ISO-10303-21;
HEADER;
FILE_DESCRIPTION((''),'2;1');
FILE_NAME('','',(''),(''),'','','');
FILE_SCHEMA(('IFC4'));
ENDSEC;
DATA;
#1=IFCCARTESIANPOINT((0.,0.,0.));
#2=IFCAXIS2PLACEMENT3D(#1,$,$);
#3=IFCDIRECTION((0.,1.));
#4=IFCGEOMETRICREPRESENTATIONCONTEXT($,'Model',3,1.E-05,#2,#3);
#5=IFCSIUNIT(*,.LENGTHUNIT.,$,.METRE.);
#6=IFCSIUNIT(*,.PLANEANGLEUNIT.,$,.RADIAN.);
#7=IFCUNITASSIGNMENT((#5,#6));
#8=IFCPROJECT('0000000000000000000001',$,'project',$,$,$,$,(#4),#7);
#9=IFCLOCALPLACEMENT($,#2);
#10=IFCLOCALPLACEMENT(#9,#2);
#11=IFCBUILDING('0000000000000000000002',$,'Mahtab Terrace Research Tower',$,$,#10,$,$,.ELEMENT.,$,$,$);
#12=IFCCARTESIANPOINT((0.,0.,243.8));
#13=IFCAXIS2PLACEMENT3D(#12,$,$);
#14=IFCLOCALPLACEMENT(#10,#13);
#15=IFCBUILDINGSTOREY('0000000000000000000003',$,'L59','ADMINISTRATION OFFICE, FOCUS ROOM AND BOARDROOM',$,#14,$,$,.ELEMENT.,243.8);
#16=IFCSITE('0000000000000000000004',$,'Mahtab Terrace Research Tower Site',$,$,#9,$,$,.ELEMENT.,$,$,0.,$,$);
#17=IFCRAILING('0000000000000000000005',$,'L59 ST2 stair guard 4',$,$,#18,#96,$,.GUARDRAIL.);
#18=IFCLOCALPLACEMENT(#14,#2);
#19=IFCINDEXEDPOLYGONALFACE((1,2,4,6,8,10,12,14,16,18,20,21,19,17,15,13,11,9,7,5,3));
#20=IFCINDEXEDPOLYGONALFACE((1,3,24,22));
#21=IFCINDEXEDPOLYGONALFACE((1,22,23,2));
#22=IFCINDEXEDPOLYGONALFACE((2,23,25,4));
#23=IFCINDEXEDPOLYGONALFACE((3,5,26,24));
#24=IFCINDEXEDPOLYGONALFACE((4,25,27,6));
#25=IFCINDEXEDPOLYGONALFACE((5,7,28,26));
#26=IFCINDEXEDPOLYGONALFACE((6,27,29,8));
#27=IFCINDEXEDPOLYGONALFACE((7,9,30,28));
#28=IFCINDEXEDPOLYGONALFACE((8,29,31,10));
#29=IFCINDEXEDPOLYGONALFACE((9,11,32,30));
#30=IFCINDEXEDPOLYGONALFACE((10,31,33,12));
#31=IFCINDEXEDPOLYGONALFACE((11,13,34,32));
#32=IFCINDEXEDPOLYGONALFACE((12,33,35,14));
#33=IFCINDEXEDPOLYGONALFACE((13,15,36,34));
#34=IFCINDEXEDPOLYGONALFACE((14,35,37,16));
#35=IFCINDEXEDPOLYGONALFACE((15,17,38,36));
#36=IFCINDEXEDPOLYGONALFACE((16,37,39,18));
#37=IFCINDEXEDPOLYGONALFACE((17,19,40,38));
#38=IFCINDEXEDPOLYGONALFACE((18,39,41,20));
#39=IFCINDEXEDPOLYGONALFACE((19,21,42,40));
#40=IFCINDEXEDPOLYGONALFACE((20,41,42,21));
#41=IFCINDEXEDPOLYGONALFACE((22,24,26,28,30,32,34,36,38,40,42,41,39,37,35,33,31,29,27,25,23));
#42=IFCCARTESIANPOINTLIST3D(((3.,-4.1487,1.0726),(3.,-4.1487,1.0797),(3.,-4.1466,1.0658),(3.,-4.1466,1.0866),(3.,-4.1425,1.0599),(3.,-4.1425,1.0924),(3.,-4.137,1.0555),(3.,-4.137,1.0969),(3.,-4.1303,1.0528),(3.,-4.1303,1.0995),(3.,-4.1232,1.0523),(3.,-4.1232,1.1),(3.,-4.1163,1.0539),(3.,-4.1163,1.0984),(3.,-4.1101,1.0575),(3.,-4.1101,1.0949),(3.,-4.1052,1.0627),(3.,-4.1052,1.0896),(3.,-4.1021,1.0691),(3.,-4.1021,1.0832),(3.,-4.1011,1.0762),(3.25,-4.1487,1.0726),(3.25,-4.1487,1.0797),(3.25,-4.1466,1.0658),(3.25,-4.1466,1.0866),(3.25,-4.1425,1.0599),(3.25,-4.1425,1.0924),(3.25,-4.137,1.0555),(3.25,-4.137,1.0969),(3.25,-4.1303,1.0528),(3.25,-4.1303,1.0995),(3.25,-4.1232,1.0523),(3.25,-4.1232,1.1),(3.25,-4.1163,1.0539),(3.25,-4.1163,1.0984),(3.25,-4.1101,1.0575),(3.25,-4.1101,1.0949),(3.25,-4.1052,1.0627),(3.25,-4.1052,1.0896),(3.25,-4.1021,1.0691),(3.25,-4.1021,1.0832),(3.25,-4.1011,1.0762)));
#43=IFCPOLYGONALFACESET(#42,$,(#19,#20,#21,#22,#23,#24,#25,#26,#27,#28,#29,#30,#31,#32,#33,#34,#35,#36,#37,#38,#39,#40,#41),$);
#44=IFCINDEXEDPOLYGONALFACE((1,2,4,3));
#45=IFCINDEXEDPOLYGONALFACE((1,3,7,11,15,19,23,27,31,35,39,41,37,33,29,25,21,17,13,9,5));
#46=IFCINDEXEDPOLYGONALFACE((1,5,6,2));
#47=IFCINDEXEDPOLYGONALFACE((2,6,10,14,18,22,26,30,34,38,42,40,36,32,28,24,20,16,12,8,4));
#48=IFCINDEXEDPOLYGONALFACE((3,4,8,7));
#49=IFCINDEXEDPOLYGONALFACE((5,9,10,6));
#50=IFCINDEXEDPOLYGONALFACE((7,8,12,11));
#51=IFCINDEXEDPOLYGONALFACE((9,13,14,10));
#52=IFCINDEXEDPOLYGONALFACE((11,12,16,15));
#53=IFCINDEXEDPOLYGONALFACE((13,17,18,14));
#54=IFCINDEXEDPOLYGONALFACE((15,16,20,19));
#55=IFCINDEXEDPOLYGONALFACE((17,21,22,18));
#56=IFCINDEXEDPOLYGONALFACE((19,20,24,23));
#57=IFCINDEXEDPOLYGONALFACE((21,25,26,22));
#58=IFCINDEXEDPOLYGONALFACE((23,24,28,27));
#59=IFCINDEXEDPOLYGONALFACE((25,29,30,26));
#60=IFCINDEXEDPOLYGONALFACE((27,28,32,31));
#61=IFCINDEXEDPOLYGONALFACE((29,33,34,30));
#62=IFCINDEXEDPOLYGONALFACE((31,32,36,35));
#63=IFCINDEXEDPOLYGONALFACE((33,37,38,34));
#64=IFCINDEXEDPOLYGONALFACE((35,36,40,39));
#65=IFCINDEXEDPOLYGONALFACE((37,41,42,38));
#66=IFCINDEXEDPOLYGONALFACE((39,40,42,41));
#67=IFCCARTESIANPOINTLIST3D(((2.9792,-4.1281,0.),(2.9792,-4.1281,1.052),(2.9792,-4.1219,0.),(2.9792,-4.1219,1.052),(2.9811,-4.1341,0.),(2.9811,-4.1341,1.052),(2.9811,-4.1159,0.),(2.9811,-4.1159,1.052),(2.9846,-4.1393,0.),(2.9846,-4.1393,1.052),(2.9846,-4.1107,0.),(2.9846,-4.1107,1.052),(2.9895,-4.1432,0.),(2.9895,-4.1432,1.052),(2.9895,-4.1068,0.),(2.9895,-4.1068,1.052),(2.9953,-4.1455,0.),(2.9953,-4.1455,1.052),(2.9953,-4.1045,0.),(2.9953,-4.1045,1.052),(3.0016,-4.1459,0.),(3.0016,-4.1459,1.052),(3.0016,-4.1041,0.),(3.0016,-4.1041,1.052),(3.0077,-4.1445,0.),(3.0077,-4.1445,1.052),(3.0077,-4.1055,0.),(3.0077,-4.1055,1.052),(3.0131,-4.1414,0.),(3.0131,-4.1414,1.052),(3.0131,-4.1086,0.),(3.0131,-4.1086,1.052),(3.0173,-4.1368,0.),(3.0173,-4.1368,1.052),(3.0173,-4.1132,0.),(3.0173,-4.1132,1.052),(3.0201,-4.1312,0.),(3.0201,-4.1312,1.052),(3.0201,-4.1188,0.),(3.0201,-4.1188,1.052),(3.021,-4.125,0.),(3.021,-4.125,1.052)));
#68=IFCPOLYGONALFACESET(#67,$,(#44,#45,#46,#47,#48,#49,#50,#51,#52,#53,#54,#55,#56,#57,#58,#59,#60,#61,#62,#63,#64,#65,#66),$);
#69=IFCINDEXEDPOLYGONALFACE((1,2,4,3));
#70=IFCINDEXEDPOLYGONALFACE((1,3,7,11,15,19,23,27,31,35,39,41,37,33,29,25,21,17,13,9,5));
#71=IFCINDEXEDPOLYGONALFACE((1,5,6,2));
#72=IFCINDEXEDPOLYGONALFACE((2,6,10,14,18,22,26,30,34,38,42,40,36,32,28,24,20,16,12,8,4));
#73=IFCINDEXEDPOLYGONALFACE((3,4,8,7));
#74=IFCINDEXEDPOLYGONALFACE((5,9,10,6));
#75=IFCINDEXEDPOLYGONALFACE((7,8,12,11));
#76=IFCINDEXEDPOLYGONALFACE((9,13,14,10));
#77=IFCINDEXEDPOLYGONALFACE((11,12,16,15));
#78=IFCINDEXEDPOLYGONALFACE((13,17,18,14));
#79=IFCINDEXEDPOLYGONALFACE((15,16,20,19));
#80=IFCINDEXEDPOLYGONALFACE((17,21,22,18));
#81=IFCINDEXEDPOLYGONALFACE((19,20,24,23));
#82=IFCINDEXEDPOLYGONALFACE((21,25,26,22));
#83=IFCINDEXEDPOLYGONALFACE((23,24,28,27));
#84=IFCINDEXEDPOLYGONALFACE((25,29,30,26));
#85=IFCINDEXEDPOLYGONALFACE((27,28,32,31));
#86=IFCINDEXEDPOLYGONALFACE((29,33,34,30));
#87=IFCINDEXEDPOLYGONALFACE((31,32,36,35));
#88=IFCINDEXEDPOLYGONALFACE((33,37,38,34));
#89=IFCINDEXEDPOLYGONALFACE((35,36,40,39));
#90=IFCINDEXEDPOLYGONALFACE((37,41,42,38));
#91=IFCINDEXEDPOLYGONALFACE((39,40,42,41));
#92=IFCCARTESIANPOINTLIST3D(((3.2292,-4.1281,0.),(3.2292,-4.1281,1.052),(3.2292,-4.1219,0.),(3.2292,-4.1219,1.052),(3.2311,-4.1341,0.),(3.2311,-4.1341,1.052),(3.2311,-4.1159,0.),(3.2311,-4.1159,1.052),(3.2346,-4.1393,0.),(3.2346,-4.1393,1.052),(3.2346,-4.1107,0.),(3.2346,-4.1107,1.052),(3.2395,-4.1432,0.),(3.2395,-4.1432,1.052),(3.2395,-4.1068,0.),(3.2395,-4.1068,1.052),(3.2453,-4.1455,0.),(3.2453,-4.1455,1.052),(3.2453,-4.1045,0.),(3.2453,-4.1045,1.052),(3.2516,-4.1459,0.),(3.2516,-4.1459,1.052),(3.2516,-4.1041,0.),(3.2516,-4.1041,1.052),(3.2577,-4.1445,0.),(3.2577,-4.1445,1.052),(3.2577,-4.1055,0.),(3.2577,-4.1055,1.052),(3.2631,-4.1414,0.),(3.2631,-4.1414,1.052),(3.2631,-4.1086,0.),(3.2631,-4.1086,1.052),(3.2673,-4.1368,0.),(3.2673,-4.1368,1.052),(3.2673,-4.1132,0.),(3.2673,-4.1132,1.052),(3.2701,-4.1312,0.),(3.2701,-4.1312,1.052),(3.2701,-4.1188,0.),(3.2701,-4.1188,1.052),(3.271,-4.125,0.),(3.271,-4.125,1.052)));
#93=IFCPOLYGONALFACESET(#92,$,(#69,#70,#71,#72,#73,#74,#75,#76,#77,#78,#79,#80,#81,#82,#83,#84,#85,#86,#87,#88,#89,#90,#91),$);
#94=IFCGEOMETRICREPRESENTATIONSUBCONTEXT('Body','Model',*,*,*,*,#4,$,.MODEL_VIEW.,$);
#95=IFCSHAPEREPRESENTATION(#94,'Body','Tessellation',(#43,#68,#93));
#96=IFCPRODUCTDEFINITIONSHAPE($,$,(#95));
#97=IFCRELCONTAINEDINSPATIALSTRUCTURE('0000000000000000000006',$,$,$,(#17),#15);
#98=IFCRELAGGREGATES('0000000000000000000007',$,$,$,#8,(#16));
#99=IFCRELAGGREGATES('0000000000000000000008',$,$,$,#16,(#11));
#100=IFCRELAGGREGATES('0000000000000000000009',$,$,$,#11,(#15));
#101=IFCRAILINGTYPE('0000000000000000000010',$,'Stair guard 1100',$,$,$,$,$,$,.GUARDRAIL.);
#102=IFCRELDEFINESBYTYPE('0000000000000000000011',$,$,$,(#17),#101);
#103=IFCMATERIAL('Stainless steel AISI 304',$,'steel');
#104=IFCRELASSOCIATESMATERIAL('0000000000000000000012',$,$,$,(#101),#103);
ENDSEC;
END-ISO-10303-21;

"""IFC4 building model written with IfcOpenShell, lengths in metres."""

from ifc_helpers import new_model, si_unit, direction, frame, origin, origin_2d, place, context, subcontext, project, spatial, circle, extrude, material, type_object, element, save


model = new_model("IFC4")

# Units and contexts
model_context = context("Model", 3, precision=1e-05, world=origin(), true_north=direction((0.0, 1.0)))
body_context = subcontext(model_context, "Body", "Model", "MODEL_VIEW")
ifc_project = project(units=[si_unit("LENGTHUNIT", "METRE"), si_unit("PLANEANGLEUNIT", "RADIAN")], contexts=[model_context])

# Site, building, storey
site_placement = place(None, origin())
site = spatial("IfcSite", under=ifc_project, at=site_placement, Name="Mahtab Terrace Research Tower Site", CompositionType="ELEMENT", RefElevation=0.0)
building_placement = place(site_placement, origin())
building = spatial("IfcBuilding", under=site, at=building_placement, Name="Mahtab Terrace Research Tower", CompositionType="ELEMENT")
storey_placement = place(building_placement, frame((0.0, 0.0, 243.8)))
storey = spatial("IfcBuildingStorey", under=building, at=storey_placement, Name="L59", Description="ADMINISTRATION OFFICE, FOCUS ROOM AND BOARDROOM", CompositionType="ELEMENT", Elevation=243.8)

# Railing
ifc_material_1 = material(Name="Stainless steel AISI 304", Category="steel")
railing_type = type_object("IfcRailingType", Name="Stair guard 1100", PredefinedType="GUARDRAIL", material=ifc_material_1)
railing_placement = place(storey_placement, frame((3.0, -4.125, 0.0)))
element("IfcRailing", 1, at=railing_placement, inside=storey, type_object=railing_type, Name="L59 ST2 stair guard 4", PredefinedType="GUARDRAIL", context=body_context, shape_type="SweptSolid", body=[
    extrude(circle(Radius=0.0239, at=origin_2d()), frame((0.0, 0.0, 1.0762), z_axis=(1.0, 0.0, 0.0), x_axis=(0.0, 1.0, 0.0)), (0.0, 0.0, 1.0), 0.25),
    extrude(circle(Radius=0.021, at=origin_2d()), origin(), (0.0, 0.0, 1.0), 1.052),
    extrude(circle(Radius=0.021, at=origin_2d()), frame((0.25, 0.0, 0.0)), (0.0, 0.0, 1.0), 1.052),
])

save(model, "model.ifc")
